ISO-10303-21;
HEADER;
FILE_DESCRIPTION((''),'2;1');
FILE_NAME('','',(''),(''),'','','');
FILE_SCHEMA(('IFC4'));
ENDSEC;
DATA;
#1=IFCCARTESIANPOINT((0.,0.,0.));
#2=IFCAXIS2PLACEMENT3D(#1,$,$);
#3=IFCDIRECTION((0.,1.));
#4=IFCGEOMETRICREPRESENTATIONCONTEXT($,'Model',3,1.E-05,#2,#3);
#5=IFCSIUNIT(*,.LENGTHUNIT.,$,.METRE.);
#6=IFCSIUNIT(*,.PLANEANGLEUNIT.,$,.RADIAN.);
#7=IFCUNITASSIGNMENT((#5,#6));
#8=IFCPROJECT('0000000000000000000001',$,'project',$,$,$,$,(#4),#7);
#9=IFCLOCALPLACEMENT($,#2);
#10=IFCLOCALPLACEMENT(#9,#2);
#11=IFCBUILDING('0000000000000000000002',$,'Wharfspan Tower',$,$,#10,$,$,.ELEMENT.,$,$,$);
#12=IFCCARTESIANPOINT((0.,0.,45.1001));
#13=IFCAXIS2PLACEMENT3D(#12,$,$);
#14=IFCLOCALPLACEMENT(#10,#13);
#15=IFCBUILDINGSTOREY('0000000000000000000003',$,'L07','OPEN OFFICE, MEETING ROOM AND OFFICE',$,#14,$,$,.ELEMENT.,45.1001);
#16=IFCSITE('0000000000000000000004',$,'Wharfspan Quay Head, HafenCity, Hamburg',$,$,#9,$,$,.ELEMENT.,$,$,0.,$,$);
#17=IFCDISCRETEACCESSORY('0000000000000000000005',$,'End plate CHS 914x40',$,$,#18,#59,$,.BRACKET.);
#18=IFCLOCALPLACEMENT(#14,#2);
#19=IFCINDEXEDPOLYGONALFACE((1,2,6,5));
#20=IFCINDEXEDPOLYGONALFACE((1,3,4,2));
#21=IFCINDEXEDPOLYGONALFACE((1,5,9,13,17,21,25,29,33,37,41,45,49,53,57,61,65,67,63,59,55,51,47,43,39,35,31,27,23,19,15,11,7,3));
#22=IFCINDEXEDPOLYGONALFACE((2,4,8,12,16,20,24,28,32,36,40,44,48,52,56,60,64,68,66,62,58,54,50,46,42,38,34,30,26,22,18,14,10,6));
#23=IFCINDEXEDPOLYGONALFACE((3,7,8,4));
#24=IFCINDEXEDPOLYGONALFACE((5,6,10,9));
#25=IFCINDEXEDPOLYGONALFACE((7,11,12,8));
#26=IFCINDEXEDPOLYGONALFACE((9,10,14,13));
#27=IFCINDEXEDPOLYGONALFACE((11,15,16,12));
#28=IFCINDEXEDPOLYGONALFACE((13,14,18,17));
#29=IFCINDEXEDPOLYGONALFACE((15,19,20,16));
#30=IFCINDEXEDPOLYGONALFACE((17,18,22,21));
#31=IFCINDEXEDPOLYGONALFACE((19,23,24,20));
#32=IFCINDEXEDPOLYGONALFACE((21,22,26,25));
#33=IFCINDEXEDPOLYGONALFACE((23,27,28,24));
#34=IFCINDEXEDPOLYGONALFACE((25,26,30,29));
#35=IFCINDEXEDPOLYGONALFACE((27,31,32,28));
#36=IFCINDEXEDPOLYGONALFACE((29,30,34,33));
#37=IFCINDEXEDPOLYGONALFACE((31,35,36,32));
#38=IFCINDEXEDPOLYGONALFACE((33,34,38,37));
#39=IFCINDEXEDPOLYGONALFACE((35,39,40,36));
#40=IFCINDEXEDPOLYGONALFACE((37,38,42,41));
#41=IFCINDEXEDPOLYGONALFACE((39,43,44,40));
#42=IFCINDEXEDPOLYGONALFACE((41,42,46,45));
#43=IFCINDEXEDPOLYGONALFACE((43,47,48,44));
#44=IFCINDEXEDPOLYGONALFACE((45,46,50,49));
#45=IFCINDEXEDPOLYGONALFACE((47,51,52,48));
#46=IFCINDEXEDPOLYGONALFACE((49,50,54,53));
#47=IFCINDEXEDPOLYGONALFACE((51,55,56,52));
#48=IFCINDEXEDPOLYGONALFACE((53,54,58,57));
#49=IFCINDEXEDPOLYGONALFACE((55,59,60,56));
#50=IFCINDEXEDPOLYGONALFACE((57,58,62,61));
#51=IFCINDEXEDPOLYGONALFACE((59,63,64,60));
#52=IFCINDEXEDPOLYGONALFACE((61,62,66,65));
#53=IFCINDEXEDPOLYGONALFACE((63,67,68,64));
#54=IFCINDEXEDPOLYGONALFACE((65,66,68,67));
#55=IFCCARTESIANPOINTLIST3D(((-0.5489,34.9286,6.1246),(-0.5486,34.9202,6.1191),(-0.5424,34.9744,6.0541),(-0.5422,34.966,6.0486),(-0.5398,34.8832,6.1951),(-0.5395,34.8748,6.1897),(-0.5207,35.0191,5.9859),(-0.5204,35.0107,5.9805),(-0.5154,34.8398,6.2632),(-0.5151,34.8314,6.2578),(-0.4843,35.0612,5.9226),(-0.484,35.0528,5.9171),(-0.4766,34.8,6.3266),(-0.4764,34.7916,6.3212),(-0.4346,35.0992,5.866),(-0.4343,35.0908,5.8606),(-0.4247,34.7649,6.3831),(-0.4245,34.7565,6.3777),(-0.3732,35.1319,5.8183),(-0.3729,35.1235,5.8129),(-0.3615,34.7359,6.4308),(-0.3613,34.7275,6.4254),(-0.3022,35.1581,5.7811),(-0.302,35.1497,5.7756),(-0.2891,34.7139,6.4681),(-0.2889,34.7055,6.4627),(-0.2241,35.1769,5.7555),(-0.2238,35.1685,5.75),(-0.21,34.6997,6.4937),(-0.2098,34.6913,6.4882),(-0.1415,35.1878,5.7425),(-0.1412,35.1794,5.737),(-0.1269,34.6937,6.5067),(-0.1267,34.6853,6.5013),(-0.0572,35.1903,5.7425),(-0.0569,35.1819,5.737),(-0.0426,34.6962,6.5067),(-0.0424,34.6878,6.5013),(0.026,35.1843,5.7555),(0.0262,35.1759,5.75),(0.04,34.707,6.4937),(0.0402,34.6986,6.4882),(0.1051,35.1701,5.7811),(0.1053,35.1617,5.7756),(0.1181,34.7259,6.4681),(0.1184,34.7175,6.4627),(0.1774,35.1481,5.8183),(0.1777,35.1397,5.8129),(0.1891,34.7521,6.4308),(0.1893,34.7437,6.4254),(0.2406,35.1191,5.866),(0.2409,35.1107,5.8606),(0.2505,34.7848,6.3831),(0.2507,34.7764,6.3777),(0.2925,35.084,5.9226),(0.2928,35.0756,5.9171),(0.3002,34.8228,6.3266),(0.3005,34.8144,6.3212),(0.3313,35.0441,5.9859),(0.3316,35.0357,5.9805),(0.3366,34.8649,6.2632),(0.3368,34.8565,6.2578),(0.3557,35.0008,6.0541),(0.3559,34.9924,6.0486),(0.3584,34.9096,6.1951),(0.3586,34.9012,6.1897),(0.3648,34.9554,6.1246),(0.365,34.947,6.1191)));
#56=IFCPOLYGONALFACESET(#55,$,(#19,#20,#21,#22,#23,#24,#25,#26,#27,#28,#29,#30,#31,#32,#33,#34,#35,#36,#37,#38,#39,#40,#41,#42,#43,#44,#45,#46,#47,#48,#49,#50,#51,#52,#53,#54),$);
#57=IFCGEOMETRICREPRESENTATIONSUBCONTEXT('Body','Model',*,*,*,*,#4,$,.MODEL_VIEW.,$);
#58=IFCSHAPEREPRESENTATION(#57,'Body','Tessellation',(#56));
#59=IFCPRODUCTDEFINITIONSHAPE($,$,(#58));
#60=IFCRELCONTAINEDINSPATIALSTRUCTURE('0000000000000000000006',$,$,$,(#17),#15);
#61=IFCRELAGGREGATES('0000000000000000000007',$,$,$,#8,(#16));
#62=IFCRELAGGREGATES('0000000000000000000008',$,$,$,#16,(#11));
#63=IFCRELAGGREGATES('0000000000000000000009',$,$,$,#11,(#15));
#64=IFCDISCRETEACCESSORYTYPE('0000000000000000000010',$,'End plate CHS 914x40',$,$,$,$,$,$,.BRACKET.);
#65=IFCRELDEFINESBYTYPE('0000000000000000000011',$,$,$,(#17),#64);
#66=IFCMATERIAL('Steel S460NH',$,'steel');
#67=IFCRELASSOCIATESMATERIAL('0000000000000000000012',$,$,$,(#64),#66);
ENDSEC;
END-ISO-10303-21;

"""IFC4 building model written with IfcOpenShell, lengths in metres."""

from ifc_helpers import new_model, si_unit, direction, frame, origin, origin_2d, place, context, subcontext, project, spatial, circle, extrude, material, material_profile, profile_set, type_object, element, save


model = new_model("IFC4")

# Units and contexts
model_context = context("Model", 3, precision=1e-05, world=origin(), true_north=direction((0.0, 1.0)))
body_context = subcontext(model_context, "Body", "Model", "MODEL_VIEW")
ifc_project = project(units=[si_unit("LENGTHUNIT", "METRE"), si_unit("PLANEANGLEUNIT", "RADIAN")], contexts=[model_context])

# Site, building, storey
site_placement = place(None, origin())
site = spatial("IfcSite", under=ifc_project, at=site_placement, Name="Wharfspan Quay Head, HafenCity, Hamburg", CompositionType="ELEMENT", RefElevation=0.0)
building_placement = place(site_placement, origin())
building = spatial("IfcBuilding", under=site, at=building_placement, Name="Wharfspan Tower", CompositionType="ELEMENT")
storey_placement = place(building_placement, frame((0.0, 0.0, 45.1001)))
storey = spatial("IfcBuildingStorey", under=building, at=storey_placement, Name="L07", Description="OPEN OFFICE, MEETING ROOM AND OFFICE", CompositionType="ELEMENT", Elevation=45.1001)

# Shared definitions
ifc_material_1 = material(Name="Steel S460NH", Category="steel")

# Discrete accessory
ifc_material_profile_1 = material_profile(ifc_material_1, circle(Radius=0.457, at=origin_2d()))
ifc_profile_set_1 = profile_set([ifc_material_profile_1], Name="Steel S460NH")
discrete_accessory_type = type_object("IfcDiscreteAccessoryType", Name="End plate CHS 914x40", PredefinedType="BRACKET", material=ifc_profile_set_1)
for number, where, z_axis, x_axis, name in (
    (1, (-0.0918, 34.9336, 6.1191), (-0.024686, 0.839314, 0.543086), (-0.999566, -0.0294, 0.000001), "End plate CHS 914x40"),
):
    element("IfcDiscreteAccessory", number, at=place(storey_placement, frame(where, z_axis=z_axis, x_axis=x_axis)), inside=storey, type_object=discrete_accessory_type, Name=name, PredefinedType="BRACKET", context=body_context, shape_type="SweptSolid", body=[
        extrude(circle(Radius=0.457, at=origin_2d()), origin(), (0.0, 0.0, 1.0), 0.01),
    ])

save(model, "model.ifc")
